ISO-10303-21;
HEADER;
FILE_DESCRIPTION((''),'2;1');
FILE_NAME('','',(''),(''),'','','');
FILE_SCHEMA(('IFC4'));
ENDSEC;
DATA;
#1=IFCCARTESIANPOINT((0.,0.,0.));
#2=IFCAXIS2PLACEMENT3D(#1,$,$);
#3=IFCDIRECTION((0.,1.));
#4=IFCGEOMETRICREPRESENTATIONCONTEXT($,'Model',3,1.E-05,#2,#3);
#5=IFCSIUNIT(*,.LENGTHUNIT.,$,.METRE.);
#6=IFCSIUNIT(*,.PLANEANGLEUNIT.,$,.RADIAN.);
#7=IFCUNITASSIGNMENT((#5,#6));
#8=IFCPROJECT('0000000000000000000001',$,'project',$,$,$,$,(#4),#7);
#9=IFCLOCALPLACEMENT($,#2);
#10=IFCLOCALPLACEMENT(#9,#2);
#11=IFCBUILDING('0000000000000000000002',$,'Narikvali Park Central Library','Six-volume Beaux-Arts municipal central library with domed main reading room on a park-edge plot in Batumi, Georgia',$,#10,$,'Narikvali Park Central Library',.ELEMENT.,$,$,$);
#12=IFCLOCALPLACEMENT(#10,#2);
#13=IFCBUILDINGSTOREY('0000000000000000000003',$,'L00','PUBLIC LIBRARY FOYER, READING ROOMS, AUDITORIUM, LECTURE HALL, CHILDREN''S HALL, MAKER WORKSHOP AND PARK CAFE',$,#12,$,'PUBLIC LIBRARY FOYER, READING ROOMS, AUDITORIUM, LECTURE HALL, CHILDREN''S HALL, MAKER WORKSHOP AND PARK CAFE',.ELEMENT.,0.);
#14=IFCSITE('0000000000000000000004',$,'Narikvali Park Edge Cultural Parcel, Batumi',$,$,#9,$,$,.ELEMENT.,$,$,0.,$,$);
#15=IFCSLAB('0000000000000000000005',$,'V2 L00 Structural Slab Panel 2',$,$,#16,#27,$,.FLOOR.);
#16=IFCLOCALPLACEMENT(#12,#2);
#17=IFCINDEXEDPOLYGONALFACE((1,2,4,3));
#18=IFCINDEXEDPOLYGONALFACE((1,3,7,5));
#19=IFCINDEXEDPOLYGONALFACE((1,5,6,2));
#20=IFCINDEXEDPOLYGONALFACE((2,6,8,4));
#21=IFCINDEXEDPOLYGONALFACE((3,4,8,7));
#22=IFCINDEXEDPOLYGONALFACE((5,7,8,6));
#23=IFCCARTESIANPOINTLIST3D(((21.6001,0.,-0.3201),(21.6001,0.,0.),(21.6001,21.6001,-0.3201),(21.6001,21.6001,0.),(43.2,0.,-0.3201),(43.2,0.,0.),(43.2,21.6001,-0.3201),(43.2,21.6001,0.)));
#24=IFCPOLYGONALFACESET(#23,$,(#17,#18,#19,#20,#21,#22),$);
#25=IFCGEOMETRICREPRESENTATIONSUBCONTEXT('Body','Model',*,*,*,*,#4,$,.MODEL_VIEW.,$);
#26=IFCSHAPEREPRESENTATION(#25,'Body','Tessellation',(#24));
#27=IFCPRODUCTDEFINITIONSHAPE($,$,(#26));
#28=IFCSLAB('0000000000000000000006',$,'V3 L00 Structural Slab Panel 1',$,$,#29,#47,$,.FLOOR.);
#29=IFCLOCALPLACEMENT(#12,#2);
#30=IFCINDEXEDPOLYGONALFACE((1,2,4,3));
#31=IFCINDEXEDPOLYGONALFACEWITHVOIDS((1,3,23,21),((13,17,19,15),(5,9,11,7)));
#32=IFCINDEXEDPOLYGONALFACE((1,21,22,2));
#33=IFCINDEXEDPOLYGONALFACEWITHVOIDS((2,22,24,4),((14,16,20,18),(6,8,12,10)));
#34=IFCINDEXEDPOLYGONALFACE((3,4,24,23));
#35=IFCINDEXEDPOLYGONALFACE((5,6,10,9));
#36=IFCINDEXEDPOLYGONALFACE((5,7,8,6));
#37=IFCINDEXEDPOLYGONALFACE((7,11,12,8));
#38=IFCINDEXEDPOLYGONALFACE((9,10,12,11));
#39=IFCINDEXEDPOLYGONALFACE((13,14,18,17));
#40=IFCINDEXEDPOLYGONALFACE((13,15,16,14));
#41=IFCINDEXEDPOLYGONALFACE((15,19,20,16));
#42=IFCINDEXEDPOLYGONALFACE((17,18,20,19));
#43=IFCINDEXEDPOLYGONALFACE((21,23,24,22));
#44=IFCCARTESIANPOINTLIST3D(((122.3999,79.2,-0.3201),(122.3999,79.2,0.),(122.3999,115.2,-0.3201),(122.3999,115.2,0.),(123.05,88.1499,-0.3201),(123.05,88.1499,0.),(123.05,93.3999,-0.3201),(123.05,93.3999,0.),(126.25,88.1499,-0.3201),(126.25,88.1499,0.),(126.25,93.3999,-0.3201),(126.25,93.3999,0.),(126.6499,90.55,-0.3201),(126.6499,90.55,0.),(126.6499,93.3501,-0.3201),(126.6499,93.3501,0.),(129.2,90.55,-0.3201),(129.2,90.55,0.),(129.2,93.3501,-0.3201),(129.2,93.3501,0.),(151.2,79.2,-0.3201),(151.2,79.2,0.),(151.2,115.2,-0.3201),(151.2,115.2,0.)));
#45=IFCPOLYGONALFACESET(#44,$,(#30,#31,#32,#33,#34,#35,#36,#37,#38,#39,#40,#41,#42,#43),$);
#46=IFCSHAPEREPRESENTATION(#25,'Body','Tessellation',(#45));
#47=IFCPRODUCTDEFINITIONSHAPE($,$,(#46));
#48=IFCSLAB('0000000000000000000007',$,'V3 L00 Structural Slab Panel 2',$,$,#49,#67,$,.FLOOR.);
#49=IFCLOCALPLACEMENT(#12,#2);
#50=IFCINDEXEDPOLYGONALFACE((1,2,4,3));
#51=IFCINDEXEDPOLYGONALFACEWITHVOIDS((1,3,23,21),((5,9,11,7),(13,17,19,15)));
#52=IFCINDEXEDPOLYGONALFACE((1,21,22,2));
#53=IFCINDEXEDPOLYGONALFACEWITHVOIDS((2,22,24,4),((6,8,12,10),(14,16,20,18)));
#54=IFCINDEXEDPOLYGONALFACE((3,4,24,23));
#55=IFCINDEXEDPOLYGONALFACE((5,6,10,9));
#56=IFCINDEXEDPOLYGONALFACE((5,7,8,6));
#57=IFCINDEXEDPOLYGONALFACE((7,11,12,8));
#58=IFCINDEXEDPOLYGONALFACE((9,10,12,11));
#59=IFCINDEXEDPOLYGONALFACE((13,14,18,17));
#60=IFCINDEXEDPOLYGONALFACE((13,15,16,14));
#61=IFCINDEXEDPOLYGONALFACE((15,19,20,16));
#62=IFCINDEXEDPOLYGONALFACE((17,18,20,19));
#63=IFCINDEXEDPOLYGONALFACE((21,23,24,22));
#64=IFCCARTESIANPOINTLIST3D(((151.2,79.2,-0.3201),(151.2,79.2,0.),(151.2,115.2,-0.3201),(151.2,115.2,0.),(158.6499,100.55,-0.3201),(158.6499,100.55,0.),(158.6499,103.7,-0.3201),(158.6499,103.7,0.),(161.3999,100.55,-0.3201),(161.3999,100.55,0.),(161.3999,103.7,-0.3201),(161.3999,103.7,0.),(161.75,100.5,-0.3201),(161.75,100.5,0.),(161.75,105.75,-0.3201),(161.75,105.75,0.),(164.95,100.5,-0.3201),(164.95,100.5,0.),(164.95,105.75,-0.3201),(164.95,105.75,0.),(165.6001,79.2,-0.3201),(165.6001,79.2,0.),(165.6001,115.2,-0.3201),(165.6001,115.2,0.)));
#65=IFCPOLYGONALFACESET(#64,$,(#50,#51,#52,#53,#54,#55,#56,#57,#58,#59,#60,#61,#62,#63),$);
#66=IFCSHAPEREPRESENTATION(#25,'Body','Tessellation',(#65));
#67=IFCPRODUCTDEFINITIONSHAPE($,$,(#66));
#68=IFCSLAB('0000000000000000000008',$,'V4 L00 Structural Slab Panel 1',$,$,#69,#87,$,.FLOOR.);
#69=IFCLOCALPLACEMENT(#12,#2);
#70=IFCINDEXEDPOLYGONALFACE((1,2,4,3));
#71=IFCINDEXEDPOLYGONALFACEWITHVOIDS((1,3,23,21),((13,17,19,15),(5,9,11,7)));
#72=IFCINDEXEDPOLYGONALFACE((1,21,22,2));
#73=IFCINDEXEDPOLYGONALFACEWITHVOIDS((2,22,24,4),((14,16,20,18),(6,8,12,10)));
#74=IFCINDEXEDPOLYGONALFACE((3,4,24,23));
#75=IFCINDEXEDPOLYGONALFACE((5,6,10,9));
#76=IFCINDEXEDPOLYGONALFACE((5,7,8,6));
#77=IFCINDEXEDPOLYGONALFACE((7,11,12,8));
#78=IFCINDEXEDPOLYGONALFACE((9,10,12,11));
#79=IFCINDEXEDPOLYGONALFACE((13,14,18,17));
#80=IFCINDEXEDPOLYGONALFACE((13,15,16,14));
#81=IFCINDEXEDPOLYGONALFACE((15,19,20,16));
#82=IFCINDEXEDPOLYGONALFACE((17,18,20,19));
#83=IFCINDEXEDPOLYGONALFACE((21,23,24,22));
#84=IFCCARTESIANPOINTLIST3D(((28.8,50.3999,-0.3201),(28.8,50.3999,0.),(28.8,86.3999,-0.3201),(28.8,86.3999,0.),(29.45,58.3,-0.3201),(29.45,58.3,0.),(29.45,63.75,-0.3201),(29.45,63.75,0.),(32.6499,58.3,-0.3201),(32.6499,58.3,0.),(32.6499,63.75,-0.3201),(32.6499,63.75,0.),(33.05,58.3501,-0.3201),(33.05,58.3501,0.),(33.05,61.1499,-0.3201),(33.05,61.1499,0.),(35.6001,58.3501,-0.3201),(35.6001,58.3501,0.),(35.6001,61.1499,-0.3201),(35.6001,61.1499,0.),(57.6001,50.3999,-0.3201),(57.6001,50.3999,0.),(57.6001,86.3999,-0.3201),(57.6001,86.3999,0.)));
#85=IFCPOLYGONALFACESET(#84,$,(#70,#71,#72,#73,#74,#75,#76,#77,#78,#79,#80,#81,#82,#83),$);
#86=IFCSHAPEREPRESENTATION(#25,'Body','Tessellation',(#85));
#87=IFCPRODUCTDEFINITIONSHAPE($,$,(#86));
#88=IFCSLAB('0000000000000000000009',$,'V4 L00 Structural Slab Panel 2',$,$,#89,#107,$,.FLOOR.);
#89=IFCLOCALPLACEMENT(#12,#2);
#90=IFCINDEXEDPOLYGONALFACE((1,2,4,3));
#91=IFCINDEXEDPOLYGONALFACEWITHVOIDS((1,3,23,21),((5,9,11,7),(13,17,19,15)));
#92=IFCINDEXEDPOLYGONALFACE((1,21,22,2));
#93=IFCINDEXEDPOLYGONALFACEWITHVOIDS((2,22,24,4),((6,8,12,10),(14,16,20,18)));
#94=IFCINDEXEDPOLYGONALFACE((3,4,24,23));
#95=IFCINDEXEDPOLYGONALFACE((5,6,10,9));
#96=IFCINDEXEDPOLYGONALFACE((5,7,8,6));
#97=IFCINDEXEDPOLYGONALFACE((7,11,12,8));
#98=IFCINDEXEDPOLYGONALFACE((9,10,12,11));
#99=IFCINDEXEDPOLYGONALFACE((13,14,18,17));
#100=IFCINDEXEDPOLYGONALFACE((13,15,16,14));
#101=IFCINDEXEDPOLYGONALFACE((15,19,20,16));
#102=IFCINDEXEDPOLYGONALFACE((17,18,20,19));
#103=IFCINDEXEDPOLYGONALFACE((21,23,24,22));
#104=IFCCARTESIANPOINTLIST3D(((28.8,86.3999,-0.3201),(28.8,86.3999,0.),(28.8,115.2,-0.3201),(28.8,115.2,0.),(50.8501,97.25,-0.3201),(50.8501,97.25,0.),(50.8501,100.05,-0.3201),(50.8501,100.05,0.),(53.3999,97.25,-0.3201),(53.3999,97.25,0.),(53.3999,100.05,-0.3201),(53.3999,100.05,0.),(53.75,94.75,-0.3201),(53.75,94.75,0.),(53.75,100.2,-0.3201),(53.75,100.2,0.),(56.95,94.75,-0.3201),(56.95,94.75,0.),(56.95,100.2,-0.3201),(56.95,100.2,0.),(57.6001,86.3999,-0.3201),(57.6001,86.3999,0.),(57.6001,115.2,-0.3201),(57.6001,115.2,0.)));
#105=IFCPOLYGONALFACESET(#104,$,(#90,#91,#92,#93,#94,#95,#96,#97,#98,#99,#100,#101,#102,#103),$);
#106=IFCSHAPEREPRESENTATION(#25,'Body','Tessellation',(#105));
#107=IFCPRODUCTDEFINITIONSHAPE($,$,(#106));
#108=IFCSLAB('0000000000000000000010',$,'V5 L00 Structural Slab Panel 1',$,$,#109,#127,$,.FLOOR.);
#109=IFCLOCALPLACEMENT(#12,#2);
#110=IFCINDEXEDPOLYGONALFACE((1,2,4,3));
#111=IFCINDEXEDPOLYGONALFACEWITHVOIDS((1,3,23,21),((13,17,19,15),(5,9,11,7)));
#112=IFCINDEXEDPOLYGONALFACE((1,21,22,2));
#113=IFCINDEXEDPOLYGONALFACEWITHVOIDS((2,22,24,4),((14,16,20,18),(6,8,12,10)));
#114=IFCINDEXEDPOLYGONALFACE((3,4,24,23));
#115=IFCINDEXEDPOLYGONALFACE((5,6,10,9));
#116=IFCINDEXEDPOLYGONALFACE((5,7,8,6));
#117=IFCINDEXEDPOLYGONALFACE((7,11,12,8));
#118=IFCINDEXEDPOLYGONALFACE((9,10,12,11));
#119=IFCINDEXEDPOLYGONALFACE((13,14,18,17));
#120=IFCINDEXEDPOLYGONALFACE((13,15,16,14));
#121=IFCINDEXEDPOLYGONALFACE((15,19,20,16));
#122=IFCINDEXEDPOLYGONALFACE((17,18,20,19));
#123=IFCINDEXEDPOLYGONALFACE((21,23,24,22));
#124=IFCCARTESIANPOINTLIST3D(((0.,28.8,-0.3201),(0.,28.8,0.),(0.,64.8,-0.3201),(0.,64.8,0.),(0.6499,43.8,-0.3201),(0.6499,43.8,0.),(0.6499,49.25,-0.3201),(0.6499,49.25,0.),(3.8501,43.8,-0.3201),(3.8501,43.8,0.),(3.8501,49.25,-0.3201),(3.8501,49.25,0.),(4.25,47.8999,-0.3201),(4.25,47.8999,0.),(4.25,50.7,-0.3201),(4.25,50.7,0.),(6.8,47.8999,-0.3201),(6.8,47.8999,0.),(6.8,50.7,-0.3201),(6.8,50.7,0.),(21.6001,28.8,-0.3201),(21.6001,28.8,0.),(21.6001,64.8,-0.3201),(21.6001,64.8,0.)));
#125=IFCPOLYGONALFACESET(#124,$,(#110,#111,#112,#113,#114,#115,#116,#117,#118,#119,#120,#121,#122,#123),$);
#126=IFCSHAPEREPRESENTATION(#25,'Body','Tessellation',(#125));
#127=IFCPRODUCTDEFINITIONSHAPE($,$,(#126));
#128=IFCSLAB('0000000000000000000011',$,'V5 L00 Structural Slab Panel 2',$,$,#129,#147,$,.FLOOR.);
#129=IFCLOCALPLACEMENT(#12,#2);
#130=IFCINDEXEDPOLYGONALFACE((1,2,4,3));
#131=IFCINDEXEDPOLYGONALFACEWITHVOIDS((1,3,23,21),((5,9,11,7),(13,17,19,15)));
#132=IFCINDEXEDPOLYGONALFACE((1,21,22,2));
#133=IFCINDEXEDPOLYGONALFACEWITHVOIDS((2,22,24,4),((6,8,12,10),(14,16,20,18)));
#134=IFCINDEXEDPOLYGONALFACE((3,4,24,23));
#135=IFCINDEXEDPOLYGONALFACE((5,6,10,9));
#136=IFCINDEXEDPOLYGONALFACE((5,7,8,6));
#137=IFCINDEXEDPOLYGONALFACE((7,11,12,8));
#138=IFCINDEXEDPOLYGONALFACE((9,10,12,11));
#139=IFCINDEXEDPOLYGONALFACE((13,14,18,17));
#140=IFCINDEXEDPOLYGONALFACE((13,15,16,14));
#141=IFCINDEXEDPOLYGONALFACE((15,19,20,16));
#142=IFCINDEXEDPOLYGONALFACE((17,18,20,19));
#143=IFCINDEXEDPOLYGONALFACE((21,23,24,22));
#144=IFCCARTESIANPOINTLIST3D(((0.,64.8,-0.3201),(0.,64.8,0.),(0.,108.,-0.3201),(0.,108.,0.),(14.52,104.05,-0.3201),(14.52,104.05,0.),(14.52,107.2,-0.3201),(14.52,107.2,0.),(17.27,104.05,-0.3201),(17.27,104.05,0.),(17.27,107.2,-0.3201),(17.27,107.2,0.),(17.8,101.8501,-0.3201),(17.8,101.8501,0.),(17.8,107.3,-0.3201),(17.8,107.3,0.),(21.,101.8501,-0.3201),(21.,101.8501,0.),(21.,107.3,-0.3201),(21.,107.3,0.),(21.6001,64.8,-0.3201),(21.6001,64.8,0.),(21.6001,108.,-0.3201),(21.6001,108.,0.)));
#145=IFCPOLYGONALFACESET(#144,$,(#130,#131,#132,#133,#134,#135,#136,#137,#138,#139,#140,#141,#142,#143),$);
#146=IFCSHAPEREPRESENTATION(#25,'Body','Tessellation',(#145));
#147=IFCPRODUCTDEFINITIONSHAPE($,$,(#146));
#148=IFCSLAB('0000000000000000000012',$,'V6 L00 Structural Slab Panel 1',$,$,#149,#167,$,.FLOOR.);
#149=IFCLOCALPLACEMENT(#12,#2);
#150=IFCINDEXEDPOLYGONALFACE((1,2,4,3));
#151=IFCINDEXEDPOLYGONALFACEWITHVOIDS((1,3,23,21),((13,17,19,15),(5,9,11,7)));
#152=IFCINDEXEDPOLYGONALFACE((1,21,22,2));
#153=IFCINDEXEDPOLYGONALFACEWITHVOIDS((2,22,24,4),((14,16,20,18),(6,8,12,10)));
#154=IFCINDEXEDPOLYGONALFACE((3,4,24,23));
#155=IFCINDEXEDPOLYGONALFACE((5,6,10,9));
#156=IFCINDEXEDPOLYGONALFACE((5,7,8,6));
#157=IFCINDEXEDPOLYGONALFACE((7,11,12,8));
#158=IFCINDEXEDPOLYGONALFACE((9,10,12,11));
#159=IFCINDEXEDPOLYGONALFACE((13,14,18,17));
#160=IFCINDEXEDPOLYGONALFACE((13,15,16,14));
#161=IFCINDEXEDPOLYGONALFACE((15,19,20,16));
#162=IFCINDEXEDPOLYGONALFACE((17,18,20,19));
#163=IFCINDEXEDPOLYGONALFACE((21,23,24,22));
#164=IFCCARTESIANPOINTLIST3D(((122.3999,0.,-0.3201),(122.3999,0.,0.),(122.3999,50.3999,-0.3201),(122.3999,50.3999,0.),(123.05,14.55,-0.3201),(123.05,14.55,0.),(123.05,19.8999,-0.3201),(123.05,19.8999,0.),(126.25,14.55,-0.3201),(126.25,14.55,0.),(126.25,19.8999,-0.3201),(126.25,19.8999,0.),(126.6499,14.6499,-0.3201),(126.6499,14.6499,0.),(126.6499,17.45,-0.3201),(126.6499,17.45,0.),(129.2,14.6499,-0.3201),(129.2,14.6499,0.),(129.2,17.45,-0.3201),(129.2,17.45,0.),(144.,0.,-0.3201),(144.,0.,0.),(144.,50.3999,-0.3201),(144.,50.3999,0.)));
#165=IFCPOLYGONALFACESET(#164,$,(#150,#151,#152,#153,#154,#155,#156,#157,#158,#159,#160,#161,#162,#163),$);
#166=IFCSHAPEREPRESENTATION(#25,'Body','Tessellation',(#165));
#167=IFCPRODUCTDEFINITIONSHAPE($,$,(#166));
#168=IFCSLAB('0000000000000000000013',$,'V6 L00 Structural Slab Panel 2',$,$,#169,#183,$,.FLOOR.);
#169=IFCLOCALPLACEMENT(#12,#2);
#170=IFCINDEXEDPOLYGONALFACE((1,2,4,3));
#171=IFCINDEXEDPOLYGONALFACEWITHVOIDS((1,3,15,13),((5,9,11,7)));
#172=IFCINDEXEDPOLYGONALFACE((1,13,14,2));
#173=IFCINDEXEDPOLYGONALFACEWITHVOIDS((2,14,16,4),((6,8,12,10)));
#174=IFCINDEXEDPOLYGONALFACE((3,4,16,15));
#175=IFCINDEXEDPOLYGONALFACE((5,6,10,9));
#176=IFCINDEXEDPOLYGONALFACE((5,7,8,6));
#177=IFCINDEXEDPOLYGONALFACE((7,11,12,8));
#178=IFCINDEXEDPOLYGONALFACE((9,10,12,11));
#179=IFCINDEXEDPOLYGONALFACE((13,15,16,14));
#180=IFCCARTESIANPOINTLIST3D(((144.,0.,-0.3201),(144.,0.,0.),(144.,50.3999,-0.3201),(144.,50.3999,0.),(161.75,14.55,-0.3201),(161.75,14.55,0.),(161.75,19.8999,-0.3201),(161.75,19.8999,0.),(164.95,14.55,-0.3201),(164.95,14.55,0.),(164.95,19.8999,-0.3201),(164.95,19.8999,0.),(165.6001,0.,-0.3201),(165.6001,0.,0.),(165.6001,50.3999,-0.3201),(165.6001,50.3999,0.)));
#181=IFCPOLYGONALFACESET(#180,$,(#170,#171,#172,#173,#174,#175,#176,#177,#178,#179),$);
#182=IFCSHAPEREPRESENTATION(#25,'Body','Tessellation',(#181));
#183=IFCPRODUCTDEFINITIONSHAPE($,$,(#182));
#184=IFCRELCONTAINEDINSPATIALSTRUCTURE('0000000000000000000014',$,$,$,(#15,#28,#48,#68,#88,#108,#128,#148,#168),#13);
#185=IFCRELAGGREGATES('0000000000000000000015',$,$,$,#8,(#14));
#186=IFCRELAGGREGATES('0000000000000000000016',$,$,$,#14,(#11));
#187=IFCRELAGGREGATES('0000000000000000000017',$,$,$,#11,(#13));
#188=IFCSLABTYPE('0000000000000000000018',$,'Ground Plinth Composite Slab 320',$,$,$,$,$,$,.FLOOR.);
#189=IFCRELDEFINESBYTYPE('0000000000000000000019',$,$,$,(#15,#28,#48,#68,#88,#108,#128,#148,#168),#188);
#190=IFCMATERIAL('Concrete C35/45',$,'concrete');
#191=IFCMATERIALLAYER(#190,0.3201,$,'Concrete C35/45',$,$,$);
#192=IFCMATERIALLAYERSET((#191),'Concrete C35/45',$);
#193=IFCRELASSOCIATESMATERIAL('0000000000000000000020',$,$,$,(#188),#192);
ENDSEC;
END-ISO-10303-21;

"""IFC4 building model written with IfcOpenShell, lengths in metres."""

from ifc_helpers import new_model, si_unit, direction, frame, origin, place, context, subcontext, project, spatial, polyline, outline, extrude, material, layer, layer_set, type_object, element, save


model = new_model("IFC4")

# Units and contexts
model_context = context("Model", 3, precision=1e-05, world=origin(), true_north=direction((0.0, 1.0)))
body_context = subcontext(model_context, "Body", "Model", "MODEL_VIEW")
ifc_project = project(units=[si_unit("LENGTHUNIT", "METRE"), si_unit("PLANEANGLEUNIT", "RADIAN")], contexts=[model_context])

# Site, building, storey
site_placement = place(None, origin())
site = spatial("IfcSite", under=ifc_project, at=site_placement, Name="Narikvali Park Edge Cultural Parcel, Batumi", CompositionType="ELEMENT", RefElevation=0.0)
building_placement = place(site_placement, origin())
building = spatial("IfcBuilding", under=site, at=building_placement, Name="Narikvali Park Central Library", Description="Six-volume Beaux-Arts municipal central library with domed main reading room on a park-edge plot in Batumi, Georgia", LongName="Narikvali Park Central Library", CompositionType="ELEMENT")
storey_placement = place(building_placement, origin())
storey = spatial("IfcBuildingStorey", under=building, at=storey_placement, Name="L00", Description="PUBLIC LIBRARY FOYER, READING ROOMS, AUDITORIUM, LECTURE HALL, CHILDREN'S HALL, MAKER WORKSHOP AND PARK CAFE", LongName="PUBLIC LIBRARY FOYER, READING ROOMS, AUDITORIUM, LECTURE HALL, CHILDREN'S HALL, MAKER WORKSHOP AND PARK CAFE", CompositionType="ELEMENT", Elevation=0.0)

# Slabs
ifc_material_1 = material(Name="Concrete C35/45", Category="concrete")
ifc_layer_1 = layer(ifc_material_1, 0.3201, Name="Concrete C35/45")
ifc_layer_set_1 = layer_set([ifc_layer_1], Name="Concrete C35/45")
slab_type_1 = type_object("IfcSlabType", Name="Ground Plinth Composite Slab 320", PredefinedType="FLOOR", material=ifc_layer_set_1)
slab_1_placement = place(storey_placement, frame((0.0, 0.0, -0.3201)))
element("IfcSlab", 1, at=slab_1_placement, inside=storey, type_object=slab_type_1, Name="V2 L00 Structural Slab Panel 2", PredefinedType="FLOOR", context=body_context, shape_type="SweptSolid", body=[
    extrude(outline(polyline([(21.6001, 0.0), (43.2, 0.0), (43.2, 21.6001), (21.6001, 21.6001), (21.6001, 0.0)])), origin(), (0.0, 0.0, 1.0), 0.3201),
])
slab_2_placement = place(storey_placement, frame((0.0, 0.0, -0.3201)))
element("IfcSlab", 2, at=slab_2_placement, inside=storey, type_object=slab_type_1, Name="V3 L00 Structural Slab Panel 1", PredefinedType="FLOOR", context=body_context, shape_type="SweptSolid", body=[
    extrude(outline(polyline([(122.3999, 79.2), (151.2, 79.2), (151.2, 115.2), (122.3999, 115.2), (122.3999, 79.2)]), holes=[polyline([(123.05, 88.1499), (126.25, 88.1499), (126.25, 93.3999), (123.05, 93.3999), (123.05, 88.1499)]), polyline([(126.6499, 90.55), (129.2, 90.55), (129.2, 93.3501), (126.6499, 93.3501), (126.6499, 90.55)])]), origin(), (0.0, 0.0, 1.0), 0.3201),
])
slab_3_placement = place(storey_placement, frame((0.0, 0.0, -0.3201)))
element("IfcSlab", 3, at=slab_3_placement, inside=storey, type_object=slab_type_1, Name="V3 L00 Structural Slab Panel 2", PredefinedType="FLOOR", context=body_context, shape_type="SweptSolid", body=[
    extrude(outline(polyline([(151.2, 79.2), (165.6001, 79.2), (165.6001, 115.2), (151.2, 115.2), (151.2, 79.2)]), holes=[polyline([(161.75, 100.5), (164.95, 100.5), (164.95, 105.75), (161.75, 105.75), (161.75, 100.5)]), polyline([(158.6499, 100.55), (161.3999, 100.55), (161.3999, 103.7), (158.6499, 103.7), (158.6499, 100.55)])]), origin(), (0.0, 0.0, 1.0), 0.3201),
])
slab_4_placement = place(storey_placement, frame((0.0, 0.0, -0.3201)))
element("IfcSlab", 4, at=slab_4_placement, inside=storey, type_object=slab_type_1, Name="V4 L00 Structural Slab Panel 1", PredefinedType="FLOOR", context=body_context, shape_type="SweptSolid", body=[
    extrude(outline(polyline([(28.8, 50.3999), (57.6001, 50.3999), (57.6001, 86.3999), (28.8, 86.3999), (28.8, 50.3999)]), holes=[polyline([(29.45, 58.3), (32.6499, 58.3), (32.6499, 63.75), (29.45, 63.75), (29.45, 58.3)]), polyline([(33.05, 58.3501), (35.6001, 58.3501), (35.6001, 61.1499), (33.05, 61.1499), (33.05, 58.3501)])]), origin(), (0.0, 0.0, 1.0), 0.3201),
])
slab_5_placement = place(storey_placement, frame((0.0, 0.0, -0.3201)))
element("IfcSlab", 5, at=slab_5_placement, inside=storey, type_object=slab_type_1, Name="V4 L00 Structural Slab Panel 2", PredefinedType="FLOOR", context=body_context, shape_type="SweptSolid", body=[
    extrude(outline(polyline([(28.8, 86.3999), (57.6001, 86.3999), (57.6001, 115.2), (28.8, 115.2), (28.8, 86.3999)]), holes=[polyline([(53.75, 94.75), (56.95, 94.75), (56.95, 100.2), (53.75, 100.2), (53.75, 94.75)]), polyline([(50.8501, 97.25), (53.3999, 97.25), (53.3999, 100.05), (50.8501, 100.05), (50.8501, 97.25)])]), origin(), (0.0, 0.0, 1.0), 0.3201),
])
slab_6_placement = place(storey_placement, frame((0.0, 0.0, -0.3201)))
element("IfcSlab", 6, at=slab_6_placement, inside=storey, type_object=slab_type_1, Name="V5 L00 Structural Slab Panel 1", PredefinedType="FLOOR", context=body_context, shape_type="SweptSolid", body=[
    extrude(outline(polyline([(0.0, 28.8), (21.6001, 28.8), (21.6001, 64.8), (0.0, 64.8), (0.0, 28.8)]), holes=[polyline([(0.6499, 43.8), (3.8501, 43.8), (3.8501, 49.25), (0.6499, 49.25), (0.6499, 43.8)]), polyline([(4.25, 47.8999), (6.8, 47.8999), (6.8, 50.7), (4.25, 50.7), (4.25, 47.8999)])]), origin(), (0.0, 0.0, 1.0), 0.3201),
])
slab_7_placement = place(storey_placement, frame((0.0, 0.0, -0.3201)))
element("IfcSlab", 7, at=slab_7_placement, inside=storey, type_object=slab_type_1, Name="V5 L00 Structural Slab Panel 2", PredefinedType="FLOOR", context=body_context, shape_type="SweptSolid", body=[
    extrude(outline(polyline([(0.0, 64.8), (21.6001, 64.8), (21.6001, 108.0), (0.0, 108.0), (0.0, 64.8)]), holes=[polyline([(17.8, 101.8501), (21.0, 101.8501), (21.0, 107.3), (17.8, 107.3), (17.8, 101.8501)]), polyline([(14.52, 104.05), (17.27, 104.05), (17.27, 107.2), (14.52, 107.2), (14.52, 104.05)])]), origin(), (0.0, 0.0, 1.0), 0.3201),
])
slab_8_placement = place(storey_placement, frame((0.0, 0.0, -0.3201)))
element("IfcSlab", 8, at=slab_8_placement, inside=storey, type_object=slab_type_1, Name="V6 L00 Structural Slab Panel 1", PredefinedType="FLOOR", context=body_context, shape_type="SweptSolid", body=[
    extrude(outline(polyline([(122.3999, 0.0), (144.0, 0.0), (144.0, 50.3999), (122.3999, 50.3999), (122.3999, 0.0)]), holes=[polyline([(123.05, 14.55), (126.25, 14.55), (126.25, 19.8999), (123.05, 19.8999), (123.05, 14.55)]), polyline([(126.6499, 14.6499), (129.2, 14.6499), (129.2, 17.45), (126.6499, 17.45), (126.6499, 14.6499)])]), origin(), (0.0, 0.0, 1.0), 0.3201),
])
slab_9_placement = place(storey_placement, frame((0.0, 0.0, -0.3201)))
element("IfcSlab", 9, at=slab_9_placement, inside=storey, type_object=slab_type_1, Name="V6 L00 Structural Slab Panel 2", PredefinedType="FLOOR", context=body_context, shape_type="SweptSolid", body=[
    extrude(outline(polyline([(144.0, 0.0), (165.6001, 0.0), (165.6001, 50.3999), (144.0, 50.3999), (144.0, 0.0)]), holes=[polyline([(161.75, 14.55), (164.95, 14.55), (164.95, 19.8999), (161.75, 19.8999), (161.75, 14.55)])]), origin(), (0.0, 0.0, 1.0), 0.3201),
])

save(model, "model.ifc")
